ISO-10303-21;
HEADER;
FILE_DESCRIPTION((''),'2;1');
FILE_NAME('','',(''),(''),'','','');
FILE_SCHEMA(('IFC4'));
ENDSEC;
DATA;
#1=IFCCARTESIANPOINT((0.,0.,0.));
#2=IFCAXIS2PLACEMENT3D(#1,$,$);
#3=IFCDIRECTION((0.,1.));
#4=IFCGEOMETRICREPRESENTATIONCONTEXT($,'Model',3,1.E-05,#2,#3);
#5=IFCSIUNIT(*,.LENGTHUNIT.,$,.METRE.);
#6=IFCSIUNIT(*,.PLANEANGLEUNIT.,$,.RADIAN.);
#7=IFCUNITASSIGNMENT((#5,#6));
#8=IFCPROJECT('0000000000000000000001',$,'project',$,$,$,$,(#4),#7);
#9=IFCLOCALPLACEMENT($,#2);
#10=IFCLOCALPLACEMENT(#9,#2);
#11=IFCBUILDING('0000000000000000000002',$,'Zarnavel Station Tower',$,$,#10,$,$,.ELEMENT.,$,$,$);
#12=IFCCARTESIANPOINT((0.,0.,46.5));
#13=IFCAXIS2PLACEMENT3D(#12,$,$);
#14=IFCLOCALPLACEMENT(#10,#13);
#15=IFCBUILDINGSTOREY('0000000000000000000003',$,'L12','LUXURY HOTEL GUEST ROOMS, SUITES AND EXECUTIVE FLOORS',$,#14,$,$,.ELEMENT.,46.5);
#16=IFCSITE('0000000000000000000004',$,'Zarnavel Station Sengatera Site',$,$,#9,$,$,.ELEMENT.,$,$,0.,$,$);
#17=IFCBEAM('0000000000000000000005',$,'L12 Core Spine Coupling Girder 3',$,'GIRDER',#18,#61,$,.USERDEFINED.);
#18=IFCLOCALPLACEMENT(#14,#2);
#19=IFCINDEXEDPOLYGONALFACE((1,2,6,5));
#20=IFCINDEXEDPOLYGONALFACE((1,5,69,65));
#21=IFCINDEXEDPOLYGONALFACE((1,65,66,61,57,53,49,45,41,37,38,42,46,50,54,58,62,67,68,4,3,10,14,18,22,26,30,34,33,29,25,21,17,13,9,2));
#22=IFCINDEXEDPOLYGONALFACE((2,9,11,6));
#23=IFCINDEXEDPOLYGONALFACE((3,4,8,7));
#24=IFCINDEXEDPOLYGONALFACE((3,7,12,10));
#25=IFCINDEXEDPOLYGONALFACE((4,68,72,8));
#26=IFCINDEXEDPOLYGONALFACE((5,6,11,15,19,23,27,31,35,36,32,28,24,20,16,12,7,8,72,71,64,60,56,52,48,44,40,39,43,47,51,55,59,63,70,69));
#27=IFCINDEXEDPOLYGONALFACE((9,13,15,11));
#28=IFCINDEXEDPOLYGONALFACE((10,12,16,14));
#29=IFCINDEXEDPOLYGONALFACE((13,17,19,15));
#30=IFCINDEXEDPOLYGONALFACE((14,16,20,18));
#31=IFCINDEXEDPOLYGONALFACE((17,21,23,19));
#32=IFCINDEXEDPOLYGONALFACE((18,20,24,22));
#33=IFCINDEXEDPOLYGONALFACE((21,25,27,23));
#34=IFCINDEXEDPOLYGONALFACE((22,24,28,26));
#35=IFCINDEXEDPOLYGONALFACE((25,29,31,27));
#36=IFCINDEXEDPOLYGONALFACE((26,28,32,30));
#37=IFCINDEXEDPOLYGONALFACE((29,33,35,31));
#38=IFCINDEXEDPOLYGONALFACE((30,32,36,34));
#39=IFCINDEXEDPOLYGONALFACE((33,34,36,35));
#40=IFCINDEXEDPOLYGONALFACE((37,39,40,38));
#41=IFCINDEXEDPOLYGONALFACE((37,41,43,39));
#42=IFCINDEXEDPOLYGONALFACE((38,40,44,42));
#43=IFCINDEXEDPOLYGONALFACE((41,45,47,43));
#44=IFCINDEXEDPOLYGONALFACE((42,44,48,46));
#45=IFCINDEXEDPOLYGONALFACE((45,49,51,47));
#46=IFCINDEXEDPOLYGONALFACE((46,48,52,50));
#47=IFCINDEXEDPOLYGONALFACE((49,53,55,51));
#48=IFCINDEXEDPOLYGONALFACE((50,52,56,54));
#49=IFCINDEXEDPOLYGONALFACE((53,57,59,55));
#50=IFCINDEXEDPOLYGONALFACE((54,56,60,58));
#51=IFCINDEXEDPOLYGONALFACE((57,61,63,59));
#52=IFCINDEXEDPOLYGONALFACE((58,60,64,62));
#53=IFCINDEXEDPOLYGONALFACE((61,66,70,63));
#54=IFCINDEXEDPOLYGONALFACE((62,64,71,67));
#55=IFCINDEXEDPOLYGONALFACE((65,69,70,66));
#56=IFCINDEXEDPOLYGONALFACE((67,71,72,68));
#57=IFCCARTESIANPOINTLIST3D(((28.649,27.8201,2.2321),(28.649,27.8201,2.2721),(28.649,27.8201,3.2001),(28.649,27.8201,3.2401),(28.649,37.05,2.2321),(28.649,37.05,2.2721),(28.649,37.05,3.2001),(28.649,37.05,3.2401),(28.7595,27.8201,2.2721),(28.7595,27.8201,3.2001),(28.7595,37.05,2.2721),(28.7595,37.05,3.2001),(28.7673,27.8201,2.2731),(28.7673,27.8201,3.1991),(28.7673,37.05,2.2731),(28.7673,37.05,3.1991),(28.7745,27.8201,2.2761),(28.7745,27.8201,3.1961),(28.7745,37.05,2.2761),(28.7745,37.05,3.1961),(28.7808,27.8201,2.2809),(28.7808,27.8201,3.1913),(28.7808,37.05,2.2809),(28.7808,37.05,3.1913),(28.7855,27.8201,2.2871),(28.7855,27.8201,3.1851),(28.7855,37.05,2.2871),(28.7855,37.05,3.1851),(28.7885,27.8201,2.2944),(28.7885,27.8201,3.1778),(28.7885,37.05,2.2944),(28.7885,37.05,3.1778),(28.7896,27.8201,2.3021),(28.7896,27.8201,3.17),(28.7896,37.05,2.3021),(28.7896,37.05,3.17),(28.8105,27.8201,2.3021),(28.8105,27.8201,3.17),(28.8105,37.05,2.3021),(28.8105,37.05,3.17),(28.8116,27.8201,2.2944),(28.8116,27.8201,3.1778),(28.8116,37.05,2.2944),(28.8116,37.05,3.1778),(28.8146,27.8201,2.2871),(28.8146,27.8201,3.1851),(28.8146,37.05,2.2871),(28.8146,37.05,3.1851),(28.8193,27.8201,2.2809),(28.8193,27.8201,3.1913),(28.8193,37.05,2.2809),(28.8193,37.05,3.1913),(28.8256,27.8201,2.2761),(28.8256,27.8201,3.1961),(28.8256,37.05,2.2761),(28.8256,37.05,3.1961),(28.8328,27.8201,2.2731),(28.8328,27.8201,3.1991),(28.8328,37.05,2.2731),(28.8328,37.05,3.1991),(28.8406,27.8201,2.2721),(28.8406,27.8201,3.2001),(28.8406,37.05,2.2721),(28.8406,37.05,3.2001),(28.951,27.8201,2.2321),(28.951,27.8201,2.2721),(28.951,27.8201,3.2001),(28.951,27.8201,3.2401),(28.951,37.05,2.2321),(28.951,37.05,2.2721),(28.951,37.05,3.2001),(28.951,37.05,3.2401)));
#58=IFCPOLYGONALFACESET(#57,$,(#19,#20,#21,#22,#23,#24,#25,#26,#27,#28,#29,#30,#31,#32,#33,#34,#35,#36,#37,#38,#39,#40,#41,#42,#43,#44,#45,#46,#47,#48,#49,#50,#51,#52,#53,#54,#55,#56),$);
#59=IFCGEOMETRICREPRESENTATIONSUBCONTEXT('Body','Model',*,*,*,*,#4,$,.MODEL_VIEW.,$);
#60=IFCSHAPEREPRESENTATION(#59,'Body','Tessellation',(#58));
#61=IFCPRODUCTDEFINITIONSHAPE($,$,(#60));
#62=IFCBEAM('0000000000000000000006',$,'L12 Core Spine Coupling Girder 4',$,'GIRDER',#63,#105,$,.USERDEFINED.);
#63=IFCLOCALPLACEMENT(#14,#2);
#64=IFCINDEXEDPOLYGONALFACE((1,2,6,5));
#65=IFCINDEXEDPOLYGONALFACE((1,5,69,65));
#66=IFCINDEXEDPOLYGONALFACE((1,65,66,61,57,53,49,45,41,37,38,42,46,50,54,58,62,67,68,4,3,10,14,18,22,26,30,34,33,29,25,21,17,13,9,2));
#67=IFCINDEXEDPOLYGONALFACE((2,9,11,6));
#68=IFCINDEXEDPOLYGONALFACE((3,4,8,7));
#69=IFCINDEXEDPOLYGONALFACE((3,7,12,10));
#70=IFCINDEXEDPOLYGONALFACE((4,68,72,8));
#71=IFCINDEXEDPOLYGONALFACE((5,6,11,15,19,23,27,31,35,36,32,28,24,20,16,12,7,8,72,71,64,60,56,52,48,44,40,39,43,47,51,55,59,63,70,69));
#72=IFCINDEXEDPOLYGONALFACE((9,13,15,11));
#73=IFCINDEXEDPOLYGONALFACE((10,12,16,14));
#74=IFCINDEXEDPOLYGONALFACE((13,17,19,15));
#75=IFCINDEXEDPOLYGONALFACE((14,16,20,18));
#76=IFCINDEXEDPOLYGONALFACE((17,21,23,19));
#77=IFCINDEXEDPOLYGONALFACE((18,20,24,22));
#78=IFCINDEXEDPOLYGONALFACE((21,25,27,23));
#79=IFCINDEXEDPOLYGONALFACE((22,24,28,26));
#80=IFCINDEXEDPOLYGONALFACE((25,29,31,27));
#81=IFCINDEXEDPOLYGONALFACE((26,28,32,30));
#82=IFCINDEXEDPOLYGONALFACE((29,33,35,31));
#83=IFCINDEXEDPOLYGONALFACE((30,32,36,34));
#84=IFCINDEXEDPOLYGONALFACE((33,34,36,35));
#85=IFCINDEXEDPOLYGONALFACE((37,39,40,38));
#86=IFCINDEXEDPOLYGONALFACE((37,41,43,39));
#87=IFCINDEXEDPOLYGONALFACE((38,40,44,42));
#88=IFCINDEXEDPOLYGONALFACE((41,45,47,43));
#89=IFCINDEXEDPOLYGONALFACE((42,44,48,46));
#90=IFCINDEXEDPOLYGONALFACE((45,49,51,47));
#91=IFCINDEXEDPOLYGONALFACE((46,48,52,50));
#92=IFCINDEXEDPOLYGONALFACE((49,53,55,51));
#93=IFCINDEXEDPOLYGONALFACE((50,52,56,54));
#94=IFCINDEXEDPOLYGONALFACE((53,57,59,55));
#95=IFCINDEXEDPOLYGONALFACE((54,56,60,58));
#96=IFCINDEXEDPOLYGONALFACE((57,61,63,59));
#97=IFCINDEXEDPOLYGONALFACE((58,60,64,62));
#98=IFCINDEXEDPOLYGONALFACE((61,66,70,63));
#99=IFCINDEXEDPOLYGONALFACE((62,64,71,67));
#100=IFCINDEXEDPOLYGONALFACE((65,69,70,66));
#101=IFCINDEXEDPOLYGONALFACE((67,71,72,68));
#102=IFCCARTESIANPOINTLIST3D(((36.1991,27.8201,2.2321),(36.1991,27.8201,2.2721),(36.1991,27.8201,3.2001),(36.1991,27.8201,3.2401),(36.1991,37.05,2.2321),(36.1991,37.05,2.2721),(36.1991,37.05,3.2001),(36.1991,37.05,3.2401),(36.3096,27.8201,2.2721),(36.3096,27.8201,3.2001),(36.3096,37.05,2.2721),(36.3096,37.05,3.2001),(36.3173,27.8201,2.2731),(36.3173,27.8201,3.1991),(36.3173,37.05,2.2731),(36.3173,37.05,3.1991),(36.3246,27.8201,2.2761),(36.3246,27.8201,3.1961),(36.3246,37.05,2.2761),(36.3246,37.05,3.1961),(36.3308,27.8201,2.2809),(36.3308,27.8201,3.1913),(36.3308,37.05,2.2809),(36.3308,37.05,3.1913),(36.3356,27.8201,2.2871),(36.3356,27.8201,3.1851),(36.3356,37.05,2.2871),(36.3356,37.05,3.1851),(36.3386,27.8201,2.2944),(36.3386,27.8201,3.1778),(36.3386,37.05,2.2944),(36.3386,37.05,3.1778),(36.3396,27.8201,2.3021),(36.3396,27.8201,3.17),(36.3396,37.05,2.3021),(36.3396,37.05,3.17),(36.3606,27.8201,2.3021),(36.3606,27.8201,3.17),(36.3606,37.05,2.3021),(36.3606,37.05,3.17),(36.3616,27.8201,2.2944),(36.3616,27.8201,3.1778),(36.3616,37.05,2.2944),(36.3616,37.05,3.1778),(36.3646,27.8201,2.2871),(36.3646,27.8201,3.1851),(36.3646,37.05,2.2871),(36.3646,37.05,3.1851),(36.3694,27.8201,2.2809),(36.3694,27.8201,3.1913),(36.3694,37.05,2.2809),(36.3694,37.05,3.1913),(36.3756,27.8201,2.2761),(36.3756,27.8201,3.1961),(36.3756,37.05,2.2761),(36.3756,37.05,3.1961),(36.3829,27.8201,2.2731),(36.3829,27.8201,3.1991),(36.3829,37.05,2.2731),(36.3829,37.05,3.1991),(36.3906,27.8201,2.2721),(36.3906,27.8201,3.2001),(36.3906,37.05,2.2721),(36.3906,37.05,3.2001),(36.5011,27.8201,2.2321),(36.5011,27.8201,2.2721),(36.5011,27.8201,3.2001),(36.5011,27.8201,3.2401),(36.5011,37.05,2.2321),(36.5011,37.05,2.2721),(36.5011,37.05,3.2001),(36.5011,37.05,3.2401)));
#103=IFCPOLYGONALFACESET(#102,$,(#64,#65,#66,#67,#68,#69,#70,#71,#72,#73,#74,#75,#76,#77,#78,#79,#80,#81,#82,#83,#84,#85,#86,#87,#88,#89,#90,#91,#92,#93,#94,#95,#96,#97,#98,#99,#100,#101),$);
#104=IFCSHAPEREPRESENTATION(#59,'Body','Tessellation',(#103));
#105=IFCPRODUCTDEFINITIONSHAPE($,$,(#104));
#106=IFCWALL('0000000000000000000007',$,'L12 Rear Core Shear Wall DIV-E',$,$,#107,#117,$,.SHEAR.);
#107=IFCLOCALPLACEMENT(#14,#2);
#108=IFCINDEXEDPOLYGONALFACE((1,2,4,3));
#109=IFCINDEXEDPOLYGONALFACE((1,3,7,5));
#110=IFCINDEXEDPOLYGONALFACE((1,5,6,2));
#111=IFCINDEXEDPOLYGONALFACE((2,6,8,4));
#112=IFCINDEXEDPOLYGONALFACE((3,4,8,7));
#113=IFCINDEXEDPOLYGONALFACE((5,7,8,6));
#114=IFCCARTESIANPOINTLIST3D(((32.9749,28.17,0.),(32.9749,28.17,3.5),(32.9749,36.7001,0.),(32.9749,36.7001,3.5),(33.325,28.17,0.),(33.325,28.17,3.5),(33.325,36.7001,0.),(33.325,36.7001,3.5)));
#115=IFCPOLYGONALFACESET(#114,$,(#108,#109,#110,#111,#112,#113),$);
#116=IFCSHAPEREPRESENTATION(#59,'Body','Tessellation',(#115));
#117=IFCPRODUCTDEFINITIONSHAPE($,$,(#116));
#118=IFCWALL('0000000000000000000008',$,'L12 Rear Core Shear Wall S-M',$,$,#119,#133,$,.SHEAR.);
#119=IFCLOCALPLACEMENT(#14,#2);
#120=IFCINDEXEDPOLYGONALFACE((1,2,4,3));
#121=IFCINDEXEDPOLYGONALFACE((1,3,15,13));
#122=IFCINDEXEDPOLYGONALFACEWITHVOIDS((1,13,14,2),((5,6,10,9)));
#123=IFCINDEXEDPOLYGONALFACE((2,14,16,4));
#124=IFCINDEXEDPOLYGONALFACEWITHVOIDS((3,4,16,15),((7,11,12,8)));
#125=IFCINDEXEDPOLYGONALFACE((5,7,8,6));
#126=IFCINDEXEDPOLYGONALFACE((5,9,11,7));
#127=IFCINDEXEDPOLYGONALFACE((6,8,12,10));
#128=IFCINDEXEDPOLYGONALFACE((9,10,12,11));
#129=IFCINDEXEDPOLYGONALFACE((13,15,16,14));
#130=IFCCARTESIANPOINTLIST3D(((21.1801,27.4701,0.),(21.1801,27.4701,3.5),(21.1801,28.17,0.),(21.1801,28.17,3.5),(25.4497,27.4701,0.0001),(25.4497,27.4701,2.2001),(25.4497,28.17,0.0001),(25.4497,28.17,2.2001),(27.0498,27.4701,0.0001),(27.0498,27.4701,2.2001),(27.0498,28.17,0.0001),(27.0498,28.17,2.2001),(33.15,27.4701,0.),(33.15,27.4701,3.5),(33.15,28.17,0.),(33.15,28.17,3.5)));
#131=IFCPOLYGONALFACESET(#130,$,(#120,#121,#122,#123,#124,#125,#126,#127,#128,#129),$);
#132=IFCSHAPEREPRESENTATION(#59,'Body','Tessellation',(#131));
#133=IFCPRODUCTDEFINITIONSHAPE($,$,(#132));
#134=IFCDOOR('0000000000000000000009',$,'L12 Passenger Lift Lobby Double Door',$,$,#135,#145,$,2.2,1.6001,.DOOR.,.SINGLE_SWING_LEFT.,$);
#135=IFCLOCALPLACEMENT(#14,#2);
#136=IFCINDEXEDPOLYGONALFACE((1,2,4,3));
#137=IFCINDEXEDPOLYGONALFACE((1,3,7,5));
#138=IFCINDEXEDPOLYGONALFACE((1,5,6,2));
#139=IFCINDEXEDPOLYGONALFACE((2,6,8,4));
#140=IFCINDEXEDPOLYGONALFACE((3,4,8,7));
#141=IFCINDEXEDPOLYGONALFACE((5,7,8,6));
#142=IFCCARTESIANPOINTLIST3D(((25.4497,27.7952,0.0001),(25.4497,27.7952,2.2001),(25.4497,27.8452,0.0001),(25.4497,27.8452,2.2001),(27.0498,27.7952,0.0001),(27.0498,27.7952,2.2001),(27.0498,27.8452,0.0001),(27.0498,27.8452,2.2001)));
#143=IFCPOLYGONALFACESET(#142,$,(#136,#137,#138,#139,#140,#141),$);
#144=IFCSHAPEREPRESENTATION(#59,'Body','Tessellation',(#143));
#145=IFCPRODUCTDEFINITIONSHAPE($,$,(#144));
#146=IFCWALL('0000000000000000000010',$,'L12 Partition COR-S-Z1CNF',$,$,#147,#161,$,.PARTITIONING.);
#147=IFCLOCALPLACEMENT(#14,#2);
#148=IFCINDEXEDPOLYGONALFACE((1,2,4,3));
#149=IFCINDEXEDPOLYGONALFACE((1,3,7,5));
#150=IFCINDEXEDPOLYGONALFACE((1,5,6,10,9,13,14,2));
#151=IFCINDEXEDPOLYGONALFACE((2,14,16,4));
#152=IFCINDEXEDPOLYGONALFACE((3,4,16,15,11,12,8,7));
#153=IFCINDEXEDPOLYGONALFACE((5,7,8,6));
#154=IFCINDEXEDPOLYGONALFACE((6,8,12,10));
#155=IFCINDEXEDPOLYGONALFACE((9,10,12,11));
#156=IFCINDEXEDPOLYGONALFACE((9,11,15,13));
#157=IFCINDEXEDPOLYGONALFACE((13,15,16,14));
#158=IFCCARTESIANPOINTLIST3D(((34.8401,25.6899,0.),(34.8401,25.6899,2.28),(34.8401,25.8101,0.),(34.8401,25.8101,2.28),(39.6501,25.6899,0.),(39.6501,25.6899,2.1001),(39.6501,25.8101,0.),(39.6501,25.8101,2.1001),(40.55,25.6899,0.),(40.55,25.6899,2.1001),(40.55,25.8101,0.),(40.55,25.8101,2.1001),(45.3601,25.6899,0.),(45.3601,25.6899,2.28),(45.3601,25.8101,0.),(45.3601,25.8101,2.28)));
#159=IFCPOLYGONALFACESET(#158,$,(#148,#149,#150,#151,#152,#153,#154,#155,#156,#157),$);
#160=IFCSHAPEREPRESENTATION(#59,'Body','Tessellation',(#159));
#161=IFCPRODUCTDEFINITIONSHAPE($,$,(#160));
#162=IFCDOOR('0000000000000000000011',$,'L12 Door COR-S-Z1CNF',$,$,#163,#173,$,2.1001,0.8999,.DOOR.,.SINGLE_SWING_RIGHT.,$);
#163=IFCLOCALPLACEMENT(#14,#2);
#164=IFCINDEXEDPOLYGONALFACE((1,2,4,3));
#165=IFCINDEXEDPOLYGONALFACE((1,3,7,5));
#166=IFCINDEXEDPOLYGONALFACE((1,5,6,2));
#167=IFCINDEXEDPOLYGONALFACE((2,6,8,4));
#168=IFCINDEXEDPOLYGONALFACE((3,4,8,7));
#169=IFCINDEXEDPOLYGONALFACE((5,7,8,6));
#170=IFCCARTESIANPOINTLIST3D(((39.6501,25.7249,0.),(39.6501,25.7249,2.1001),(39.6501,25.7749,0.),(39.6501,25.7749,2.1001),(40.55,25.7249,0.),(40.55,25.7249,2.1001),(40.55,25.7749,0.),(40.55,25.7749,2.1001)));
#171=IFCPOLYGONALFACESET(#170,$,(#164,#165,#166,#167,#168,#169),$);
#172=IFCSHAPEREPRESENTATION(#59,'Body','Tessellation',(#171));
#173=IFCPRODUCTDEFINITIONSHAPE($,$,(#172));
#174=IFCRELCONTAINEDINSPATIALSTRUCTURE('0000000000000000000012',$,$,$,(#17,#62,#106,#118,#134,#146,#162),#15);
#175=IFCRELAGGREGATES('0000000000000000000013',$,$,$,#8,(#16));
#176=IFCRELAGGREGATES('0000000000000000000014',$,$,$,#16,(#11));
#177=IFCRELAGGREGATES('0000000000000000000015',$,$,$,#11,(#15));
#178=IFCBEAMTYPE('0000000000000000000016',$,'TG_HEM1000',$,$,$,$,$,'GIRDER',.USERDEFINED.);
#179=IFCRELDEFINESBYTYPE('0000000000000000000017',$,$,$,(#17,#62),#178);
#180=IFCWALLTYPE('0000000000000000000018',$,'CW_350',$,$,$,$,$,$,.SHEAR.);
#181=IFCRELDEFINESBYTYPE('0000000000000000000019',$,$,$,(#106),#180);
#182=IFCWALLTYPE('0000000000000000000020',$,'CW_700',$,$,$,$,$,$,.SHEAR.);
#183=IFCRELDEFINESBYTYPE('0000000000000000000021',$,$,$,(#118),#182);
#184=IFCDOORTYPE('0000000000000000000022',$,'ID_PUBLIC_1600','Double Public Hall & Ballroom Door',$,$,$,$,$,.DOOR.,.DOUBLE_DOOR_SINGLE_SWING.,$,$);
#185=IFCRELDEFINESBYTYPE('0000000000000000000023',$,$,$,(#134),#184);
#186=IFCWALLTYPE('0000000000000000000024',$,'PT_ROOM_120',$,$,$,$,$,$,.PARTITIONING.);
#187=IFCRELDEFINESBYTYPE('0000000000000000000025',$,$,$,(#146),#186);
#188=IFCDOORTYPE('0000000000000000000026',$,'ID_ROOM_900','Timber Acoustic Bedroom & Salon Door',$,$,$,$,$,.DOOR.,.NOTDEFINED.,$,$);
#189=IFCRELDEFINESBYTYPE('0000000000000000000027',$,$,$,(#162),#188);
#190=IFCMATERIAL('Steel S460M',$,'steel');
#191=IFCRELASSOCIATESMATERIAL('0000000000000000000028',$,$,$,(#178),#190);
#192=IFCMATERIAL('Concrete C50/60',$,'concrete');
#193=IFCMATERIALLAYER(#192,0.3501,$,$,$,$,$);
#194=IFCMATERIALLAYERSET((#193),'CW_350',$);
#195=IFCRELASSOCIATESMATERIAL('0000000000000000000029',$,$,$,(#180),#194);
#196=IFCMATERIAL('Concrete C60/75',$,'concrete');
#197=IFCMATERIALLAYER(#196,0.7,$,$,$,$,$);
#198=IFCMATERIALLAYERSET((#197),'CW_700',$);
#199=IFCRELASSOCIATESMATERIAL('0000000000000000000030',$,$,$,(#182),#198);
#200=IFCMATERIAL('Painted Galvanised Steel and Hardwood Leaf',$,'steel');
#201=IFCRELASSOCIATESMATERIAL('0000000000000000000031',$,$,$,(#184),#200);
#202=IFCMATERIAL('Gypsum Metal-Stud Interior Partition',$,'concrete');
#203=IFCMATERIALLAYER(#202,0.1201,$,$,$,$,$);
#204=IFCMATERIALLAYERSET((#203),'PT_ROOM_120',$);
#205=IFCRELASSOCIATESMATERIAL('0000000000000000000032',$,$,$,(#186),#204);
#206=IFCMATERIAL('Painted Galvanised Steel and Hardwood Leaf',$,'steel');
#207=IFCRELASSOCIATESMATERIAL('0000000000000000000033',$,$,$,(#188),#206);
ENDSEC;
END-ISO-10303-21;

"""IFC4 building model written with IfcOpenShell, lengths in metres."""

from ifc_helpers import new_model, si_unit, direction, frame, frame_2d, origin, origin_2d, place, context, subcontext, project, spatial, rectangle, i_section, extrude, material, layer, layer_set, material_profile, profile_set, type_object, element, fill, save


model = new_model("IFC4")

# Units and contexts
model_context = context("Model", 3, precision=1e-05, world=origin(), true_north=direction((0.0, 1.0)))
body_context = subcontext(model_context, "Body", "Model", "MODEL_VIEW")
ifc_project = project(units=[si_unit("LENGTHUNIT", "METRE"), si_unit("PLANEANGLEUNIT", "RADIAN")], contexts=[model_context])

# Site, building, storey
site_placement = place(None, origin())
site = spatial("IfcSite", under=ifc_project, at=site_placement, Name="Zarnavel Station Sengatera Site", CompositionType="ELEMENT", RefElevation=0.0)
building_placement = place(site_placement, origin())
building = spatial("IfcBuilding", under=site, at=building_placement, Name="Zarnavel Station Tower", CompositionType="ELEMENT")
storey_placement = place(building_placement, frame((0.0, 0.0, 46.5)))
storey = spatial("IfcBuildingStorey", under=building, at=storey_placement, Name="L12", Description="LUXURY HOTEL GUEST ROOMS, SUITES AND EXECUTIVE FLOORS", CompositionType="ELEMENT", Elevation=46.5)

# Beams
ifc_material_1 = material(Name="Steel S460M", Category="steel")
ifc_material_profile_1 = material_profile(ifc_material_1, i_section(OverallWidth=0.302, OverallDepth=1.0081, WebThickness=0.021, FlangeThickness=0.04, FilletRadius=0.03, at=origin_2d()), Name="HEM1000")
ifc_profile_set_1 = profile_set([ifc_material_profile_1], Name="Steel S460M")
beam_type_1 = type_object("IfcBeamType", Name="TG_HEM1000", ElementType="GIRDER", PredefinedType="USERDEFINED", material=ifc_profile_set_1)
for number, where, z_axis, x_axis, name in (
    (1, (28.8, 27.8201, 2.7361), (0.0, 1.0, 0.0), (-1.0, 0.0, 0.0), "L12 Core Spine Coupling Girder 3"),
    (2, (36.3501, 27.8201, 2.7361), (0.0, 1.0, 0.0), (-1.0, 0.0, 0.0), "L12 Core Spine Coupling Girder 4"),
):
    element("IfcBeam", number, at=place(storey_placement, frame(where, z_axis=z_axis, x_axis=x_axis)), inside=storey, type_object=beam_type_1, Name=name, ObjectType="GIRDER", PredefinedType="USERDEFINED", context=body_context, shape_type="SweptSolid", body=[
        extrude(i_section(OverallWidth=0.302, OverallDepth=1.0081, WebThickness=0.021, FlangeThickness=0.04, FilletRadius=0.03, at=origin_2d()), origin(), (0.0, 0.0, 1.0), 9.23),
    ])

# Wall
ifc_material_2 = material(Name="Concrete C50/60", Category="concrete")
ifc_layer_1 = layer(ifc_material_2, 0.3501)
ifc_layer_set_1 = layer_set([ifc_layer_1], Name="CW_350")
wall_type_1 = type_object("IfcWallType", Name="CW_350", PredefinedType="SHEAR", material=ifc_layer_set_1)
wall_1_placement = place(storey_placement, frame((33.1499, 28.1699, 0.0), z_axis=(0.0, 0.0, 1.0), x_axis=(0.0, 1.0, 0.0)))
element("IfcWall", 3, at=wall_1_placement, inside=storey, type_object=wall_type_1, Name="L12 Rear Core Shear Wall DIV-E", PredefinedType="SHEAR", context=body_context, shape_type="SweptSolid", body=[
    extrude(rectangle(XDim=8.53, YDim=0.3501, at=frame_2d((4.2651, 0.0))), origin(), (0.0, 0.0, 1.0), 3.5),
])

# Walls, openings, doors
ifc_material_3 = material(Name="Concrete C60/75", Category="concrete")
ifc_layer_2 = layer(ifc_material_3, 0.7)
ifc_layer_set_2 = layer_set([ifc_layer_2], Name="CW_700")
wall_type_2 = type_object("IfcWallType", Name="CW_700", PredefinedType="SHEAR", material=ifc_layer_set_2)
wall_2_placement = place(storey_placement, frame((33.1499, 27.8201, 0.0), z_axis=(0.0, 0.0, 1.0), x_axis=(-1.0, 0.0, 0.0)))
wall_2 = element("IfcWall", 4, at=wall_2_placement, inside=storey, type_object=wall_type_2, Name="L12 Rear Core Shear Wall S-M", PredefinedType="SHEAR", context=body_context, shape_type="SweptSolid", body=[
    extrude(rectangle(XDim=11.97, YDim=0.7, at=frame_2d((5.9849, 0.0))), origin(), (0.0, 0.0, 1.0), 3.5),
])
opening_1_placement = place(wall_2_placement, frame((6.1001, 0.0, 0.0)))
opening_1 = element("IfcOpeningElement", 5, at=opening_1_placement, cuts=wall_2, PredefinedType="OPENING", context=body_context, shape_type="SweptSolid", body=[
    extrude(rectangle(XDim=1.6001, YDim=2.2, at=frame_2d((0.8, 1.1001))), frame((0.0, 0.3599, 0.0), z_axis=(0.0, -1.0, 0.0), x_axis=(1.0, 0.0, 0.0)), (0.0, 0.0, 1.0), 0.72),
])
ifc_material_4 = material(Name="Painted Galvanised Steel and Hardwood Leaf", Category="steel")
door_type_1 = type_object("IfcDoorType", Name="ID_PUBLIC_1600", Description="Double Public Hall & Ballroom Door", OperationType="DOUBLE_DOOR_SINGLE_SWING", PredefinedType="DOOR", material=ifc_material_4)
door_1_placement = place(opening_1_placement, origin())
door_1 = element("IfcDoor", 6, at=door_1_placement, inside=storey, type_object=door_type_1, Name="L12 Passenger Lift Lobby Double Door", OperationType="SINGLE_SWING_LEFT", OverallHeight=2.2, OverallWidth=1.6001, PredefinedType="DOOR", context=body_context, shape_type="SweptSolid", body=[
    extrude(rectangle(XDim=1.6001, YDim=2.2, at=frame_2d((0.8, 1.1001))), frame((0.0, 0.0249, 0.0), z_axis=(0.0, -1.0, 0.0), x_axis=(1.0, 0.0, 0.0)), (0.0, 0.0, 1.0), 0.05),
])
fill(opening_1, door_1)
ifc_material_5 = material(Name="Gypsum Metal-Stud Interior Partition", Category="concrete")
ifc_layer_3 = layer(ifc_material_5, 0.1201)
ifc_layer_set_3 = layer_set([ifc_layer_3], Name="PT_ROOM_120")
wall_type_3 = type_object("IfcWallType", Name="PT_ROOM_120", PredefinedType="PARTITIONING", material=ifc_layer_set_3)
wall_3_placement = place(storey_placement, frame((34.8401, 25.75, 0.0), z_axis=(0.0, 0.0, 1.0), x_axis=(1.0, 0.0, 0.0)))
wall_3 = element("IfcWall", 7, at=wall_3_placement, inside=storey, type_object=wall_type_3, Name="L12 Partition COR-S-Z1CNF", PredefinedType="PARTITIONING", context=body_context, shape_type="SweptSolid", body=[
    extrude(rectangle(XDim=10.52, YDim=0.1201, at=frame_2d((5.26, 0.0))), origin(), (0.0, 0.0, 1.0), 2.28),
])
opening_2_placement = place(wall_3_placement, frame((4.8101, 0.0, 0.0)))
opening_2 = element("IfcOpeningElement", 8, at=opening_2_placement, cuts=wall_3, PredefinedType="OPENING", context=body_context, shape_type="SweptSolid", body=[
    extrude(rectangle(XDim=0.8999, YDim=2.1001, at=frame_2d((0.45, 1.05))), frame((0.0, 0.0701, 0.0), z_axis=(0.0, -1.0, 0.0), x_axis=(1.0, 0.0, 0.0)), (0.0, 0.0, 1.0), 0.1401),
])
ifc_material_6 = material(Name="Painted Galvanised Steel and Hardwood Leaf", Category="steel")
door_type_2 = type_object("IfcDoorType", Name="ID_ROOM_900", Description="Timber Acoustic Bedroom & Salon Door", OperationType="NOTDEFINED", PredefinedType="DOOR", material=ifc_material_6)
door_2_placement = place(opening_2_placement, origin())
door_2 = element("IfcDoor", 9, at=door_2_placement, inside=storey, type_object=door_type_2, Name="L12 Door COR-S-Z1CNF", OperationType="SINGLE_SWING_RIGHT", OverallHeight=2.1001, OverallWidth=0.8999, PredefinedType="DOOR", context=body_context, shape_type="SweptSolid", body=[
    extrude(rectangle(XDim=0.8999, YDim=2.1001, at=frame_2d((0.45, 1.05))), frame((0.0, 0.0249, 0.0), z_axis=(0.0, -1.0, 0.0), x_axis=(1.0, 0.0, 0.0)), (0.0, 0.0, 1.0), 0.05),
])
fill(opening_2, door_2)

save(model, "model.ifc")
